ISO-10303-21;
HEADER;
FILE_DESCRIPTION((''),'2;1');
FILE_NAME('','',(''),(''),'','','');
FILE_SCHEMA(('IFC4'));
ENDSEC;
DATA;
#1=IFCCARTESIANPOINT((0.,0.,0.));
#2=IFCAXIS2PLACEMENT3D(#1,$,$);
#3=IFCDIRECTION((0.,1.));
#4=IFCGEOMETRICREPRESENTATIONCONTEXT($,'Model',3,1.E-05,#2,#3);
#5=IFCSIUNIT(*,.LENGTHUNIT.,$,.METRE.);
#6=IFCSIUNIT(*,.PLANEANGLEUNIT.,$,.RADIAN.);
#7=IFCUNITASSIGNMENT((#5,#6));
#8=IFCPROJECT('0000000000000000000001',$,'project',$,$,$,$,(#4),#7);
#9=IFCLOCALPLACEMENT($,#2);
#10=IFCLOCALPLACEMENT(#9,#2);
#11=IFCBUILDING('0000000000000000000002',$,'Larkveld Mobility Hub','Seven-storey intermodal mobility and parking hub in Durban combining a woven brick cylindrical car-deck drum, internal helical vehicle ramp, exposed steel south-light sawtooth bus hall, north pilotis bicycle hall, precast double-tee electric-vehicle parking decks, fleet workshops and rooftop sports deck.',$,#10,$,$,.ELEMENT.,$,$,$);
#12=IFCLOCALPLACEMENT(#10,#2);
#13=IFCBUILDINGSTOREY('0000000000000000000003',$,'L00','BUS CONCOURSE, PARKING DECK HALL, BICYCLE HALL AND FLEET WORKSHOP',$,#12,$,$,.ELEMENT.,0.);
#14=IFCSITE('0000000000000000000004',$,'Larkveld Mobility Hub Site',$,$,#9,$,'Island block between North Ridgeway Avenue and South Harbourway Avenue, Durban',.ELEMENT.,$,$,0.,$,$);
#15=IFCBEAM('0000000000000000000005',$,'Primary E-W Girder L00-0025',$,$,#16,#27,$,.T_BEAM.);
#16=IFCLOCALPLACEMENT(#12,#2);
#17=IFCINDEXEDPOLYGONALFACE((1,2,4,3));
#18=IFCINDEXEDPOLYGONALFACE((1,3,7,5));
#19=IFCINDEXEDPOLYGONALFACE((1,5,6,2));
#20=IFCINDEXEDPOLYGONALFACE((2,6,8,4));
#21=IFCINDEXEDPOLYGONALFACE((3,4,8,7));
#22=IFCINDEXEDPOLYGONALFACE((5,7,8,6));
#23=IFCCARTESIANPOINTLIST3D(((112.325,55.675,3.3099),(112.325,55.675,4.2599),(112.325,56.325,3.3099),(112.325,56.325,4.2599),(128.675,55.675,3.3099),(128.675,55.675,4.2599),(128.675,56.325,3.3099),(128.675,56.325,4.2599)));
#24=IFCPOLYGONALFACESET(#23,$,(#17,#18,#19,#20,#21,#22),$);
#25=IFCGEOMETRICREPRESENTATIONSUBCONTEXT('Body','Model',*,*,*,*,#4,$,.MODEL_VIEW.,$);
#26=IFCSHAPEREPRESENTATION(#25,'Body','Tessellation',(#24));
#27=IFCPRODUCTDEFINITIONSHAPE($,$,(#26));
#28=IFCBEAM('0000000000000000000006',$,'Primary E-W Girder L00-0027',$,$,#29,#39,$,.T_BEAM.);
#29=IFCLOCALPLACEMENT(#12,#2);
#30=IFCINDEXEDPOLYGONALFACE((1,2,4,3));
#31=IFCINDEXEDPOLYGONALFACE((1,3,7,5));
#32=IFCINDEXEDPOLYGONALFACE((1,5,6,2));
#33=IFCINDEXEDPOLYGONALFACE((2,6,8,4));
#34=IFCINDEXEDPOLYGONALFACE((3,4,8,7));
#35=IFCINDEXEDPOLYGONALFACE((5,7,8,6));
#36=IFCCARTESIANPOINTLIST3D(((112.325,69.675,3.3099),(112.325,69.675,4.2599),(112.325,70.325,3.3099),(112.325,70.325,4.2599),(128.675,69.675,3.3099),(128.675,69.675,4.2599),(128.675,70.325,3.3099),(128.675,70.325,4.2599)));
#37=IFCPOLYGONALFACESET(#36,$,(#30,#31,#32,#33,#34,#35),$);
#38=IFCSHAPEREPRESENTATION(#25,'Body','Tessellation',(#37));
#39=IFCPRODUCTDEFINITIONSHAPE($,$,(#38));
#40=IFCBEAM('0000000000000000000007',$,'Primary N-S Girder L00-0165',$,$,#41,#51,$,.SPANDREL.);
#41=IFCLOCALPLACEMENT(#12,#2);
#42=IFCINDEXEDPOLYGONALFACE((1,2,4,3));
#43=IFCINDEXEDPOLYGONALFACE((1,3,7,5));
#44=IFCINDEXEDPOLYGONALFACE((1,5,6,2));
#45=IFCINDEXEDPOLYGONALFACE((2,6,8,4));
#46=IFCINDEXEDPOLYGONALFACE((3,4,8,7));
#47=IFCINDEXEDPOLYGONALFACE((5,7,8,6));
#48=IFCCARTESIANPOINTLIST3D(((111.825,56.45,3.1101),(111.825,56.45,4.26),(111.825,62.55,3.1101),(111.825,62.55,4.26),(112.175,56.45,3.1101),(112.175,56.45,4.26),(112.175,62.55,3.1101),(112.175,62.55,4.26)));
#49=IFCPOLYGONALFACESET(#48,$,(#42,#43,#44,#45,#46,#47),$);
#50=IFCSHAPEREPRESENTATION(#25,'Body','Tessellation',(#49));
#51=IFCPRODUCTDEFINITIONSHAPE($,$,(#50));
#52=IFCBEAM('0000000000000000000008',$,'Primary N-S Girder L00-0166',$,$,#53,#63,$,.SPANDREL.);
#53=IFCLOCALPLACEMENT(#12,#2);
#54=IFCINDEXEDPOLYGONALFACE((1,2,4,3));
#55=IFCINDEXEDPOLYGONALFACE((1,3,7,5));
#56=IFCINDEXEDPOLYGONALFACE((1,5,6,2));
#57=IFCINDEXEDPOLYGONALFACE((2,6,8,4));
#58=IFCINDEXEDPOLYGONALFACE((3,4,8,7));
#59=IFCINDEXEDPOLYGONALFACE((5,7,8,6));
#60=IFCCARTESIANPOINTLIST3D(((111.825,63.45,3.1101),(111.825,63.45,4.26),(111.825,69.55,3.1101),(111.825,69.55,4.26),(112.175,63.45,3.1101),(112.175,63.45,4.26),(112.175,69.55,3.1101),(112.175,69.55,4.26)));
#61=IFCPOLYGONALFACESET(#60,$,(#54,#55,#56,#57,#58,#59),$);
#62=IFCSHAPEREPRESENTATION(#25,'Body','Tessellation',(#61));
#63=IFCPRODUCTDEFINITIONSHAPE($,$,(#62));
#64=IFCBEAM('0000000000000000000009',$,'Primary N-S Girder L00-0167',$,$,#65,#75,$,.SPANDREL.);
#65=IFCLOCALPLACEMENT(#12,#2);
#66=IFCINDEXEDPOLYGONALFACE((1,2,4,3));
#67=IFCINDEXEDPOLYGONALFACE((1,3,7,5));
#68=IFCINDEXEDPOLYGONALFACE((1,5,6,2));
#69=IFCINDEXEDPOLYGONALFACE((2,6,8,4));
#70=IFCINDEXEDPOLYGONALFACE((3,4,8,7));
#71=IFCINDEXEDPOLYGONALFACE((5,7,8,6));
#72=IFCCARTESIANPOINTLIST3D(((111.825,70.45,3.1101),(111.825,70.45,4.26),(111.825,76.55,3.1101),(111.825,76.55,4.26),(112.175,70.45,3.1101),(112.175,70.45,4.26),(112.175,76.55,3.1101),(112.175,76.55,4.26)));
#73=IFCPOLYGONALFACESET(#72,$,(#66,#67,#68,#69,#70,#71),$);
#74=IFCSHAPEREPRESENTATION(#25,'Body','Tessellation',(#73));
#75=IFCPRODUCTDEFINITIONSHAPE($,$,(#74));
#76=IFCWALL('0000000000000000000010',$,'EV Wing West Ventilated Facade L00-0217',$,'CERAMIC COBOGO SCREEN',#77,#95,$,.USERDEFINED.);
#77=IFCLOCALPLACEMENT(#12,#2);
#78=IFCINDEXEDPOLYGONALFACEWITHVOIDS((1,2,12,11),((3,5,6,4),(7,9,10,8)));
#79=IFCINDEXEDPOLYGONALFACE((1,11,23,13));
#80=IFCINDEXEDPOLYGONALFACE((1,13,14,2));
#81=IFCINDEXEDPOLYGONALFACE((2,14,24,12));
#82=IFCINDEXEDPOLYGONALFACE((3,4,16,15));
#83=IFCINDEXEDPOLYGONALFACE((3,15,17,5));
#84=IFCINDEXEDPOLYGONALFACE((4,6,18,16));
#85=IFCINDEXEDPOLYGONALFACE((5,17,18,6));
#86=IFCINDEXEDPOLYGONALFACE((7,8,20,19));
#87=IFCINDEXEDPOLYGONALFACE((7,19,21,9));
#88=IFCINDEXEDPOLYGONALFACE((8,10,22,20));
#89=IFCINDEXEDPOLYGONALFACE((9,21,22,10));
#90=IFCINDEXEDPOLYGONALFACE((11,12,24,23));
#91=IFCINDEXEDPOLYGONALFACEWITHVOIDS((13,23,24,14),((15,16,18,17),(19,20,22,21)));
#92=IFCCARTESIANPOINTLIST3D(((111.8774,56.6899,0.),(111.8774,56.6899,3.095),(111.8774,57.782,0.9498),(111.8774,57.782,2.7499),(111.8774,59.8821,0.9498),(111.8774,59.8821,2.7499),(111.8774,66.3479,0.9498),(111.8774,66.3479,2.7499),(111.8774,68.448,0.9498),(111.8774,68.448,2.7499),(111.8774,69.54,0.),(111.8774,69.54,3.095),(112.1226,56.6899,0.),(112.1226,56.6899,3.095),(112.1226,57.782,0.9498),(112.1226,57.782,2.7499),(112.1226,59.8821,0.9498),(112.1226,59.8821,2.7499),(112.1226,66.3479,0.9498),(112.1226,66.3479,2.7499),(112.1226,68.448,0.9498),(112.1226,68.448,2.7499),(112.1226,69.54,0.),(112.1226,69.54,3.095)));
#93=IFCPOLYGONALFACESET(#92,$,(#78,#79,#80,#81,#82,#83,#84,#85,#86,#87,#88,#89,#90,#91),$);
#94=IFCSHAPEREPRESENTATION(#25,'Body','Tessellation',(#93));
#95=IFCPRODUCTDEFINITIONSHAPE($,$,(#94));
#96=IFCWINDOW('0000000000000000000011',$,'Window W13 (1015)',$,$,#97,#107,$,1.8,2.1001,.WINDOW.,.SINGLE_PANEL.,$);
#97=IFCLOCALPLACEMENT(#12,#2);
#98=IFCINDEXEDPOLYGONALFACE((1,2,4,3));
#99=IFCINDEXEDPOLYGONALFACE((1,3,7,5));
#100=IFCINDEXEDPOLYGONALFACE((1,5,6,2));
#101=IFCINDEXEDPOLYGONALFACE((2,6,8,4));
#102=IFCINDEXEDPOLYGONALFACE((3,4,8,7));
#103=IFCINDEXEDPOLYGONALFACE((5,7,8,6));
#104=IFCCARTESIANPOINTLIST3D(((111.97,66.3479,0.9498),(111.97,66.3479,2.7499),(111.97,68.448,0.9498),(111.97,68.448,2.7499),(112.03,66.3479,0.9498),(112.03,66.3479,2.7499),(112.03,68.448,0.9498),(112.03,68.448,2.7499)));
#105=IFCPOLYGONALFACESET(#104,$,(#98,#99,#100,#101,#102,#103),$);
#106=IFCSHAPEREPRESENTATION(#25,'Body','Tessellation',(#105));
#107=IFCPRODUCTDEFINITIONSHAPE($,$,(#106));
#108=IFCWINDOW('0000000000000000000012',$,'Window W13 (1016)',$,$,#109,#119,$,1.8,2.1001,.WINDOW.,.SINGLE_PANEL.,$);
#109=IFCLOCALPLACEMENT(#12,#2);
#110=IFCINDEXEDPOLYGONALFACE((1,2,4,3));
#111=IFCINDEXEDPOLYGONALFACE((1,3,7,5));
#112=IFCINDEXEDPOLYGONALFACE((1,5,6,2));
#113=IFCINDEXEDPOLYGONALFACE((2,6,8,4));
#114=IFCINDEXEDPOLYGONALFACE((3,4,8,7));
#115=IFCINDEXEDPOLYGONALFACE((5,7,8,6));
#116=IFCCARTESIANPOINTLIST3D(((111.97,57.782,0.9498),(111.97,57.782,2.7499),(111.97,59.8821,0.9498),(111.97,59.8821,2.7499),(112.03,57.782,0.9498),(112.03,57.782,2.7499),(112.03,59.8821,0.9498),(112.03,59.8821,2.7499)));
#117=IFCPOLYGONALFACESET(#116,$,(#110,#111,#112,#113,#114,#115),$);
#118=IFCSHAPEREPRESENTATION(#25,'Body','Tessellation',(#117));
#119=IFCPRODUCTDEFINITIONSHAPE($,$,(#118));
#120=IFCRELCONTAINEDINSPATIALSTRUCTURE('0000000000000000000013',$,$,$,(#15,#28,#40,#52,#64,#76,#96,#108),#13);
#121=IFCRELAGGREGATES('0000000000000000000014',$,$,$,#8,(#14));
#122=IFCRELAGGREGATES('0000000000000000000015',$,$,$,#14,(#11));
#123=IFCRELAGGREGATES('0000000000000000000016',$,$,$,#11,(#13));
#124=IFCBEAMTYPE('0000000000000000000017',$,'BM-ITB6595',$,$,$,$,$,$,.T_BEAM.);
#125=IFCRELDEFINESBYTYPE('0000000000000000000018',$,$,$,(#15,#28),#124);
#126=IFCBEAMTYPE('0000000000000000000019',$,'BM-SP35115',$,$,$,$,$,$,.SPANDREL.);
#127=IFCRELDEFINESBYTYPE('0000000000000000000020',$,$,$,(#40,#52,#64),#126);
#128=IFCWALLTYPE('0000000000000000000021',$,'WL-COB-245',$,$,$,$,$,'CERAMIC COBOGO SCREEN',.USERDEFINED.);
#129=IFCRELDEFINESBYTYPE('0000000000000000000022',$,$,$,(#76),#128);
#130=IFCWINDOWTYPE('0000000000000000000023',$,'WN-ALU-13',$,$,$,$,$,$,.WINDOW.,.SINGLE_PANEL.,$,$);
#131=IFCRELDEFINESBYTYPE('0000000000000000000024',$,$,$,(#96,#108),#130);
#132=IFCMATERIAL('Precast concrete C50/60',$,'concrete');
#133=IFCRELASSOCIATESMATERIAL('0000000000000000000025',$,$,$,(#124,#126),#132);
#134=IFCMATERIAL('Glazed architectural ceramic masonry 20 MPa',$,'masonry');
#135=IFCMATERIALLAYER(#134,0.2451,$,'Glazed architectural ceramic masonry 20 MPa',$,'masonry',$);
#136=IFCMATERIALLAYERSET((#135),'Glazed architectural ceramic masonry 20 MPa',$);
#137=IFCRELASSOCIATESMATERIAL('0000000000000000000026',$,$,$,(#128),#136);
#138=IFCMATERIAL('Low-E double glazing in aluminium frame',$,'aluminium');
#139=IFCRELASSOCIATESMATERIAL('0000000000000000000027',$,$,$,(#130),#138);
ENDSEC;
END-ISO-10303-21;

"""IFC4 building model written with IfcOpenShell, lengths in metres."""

from ifc_helpers import new_model, si_unit, direction, frame, frame_2d, origin, origin_2d, place, context, subcontext, project, spatial, rectangle, extrude, material, layer, layer_set, material_profile, profile_set, type_object, element, fill, save


model = new_model("IFC4")

# Units and contexts
model_context = context("Model", 3, precision=1e-05, world=origin(), true_north=direction((0.0, 1.0)))
body_context = subcontext(model_context, "Body", "Model", "MODEL_VIEW")
ifc_project = project(units=[si_unit("LENGTHUNIT", "METRE"), si_unit("PLANEANGLEUNIT", "RADIAN")], contexts=[model_context])

# Site, building, storey
site_placement = place(None, origin())
site = spatial("IfcSite", under=ifc_project, at=site_placement, Name="Larkveld Mobility Hub Site", LongName="Island block between North Ridgeway Avenue and South Harbourway Avenue, Durban", CompositionType="ELEMENT", RefElevation=0.0)
building_placement = place(site_placement, origin())
building = spatial("IfcBuilding", under=site, at=building_placement, Name="Larkveld Mobility Hub", Description="Seven-storey intermodal mobility and parking hub in Durban combining a woven brick cylindrical car-deck drum, internal helical vehicle ramp, exposed steel south-light sawtooth bus hall, north pilotis bicycle hall, precast double-tee electric-vehicle parking decks, fleet workshops and rooftop sports deck.", CompositionType="ELEMENT")
storey_placement = place(building_placement, origin())
storey = spatial("IfcBuildingStorey", under=building, at=storey_placement, Name="L00", Description="BUS CONCOURSE, PARKING DECK HALL, BICYCLE HALL AND FLEET WORKSHOP", CompositionType="ELEMENT", Elevation=0.0)

# Shared definitions
ifc_material_1 = material(Name="Precast concrete C50/60", Category="concrete")

# Beams
ifc_material_profile_1 = material_profile(ifc_material_1, rectangle(XDim=0.6499, YDim=0.95, at=origin_2d()), Name="PC ITB 650x950")
ifc_profile_set_1 = profile_set([ifc_material_profile_1], Name="Precast concrete C50/60")
beam_type_1 = type_object("IfcBeamType", Name="BM-ITB6595", PredefinedType="T_BEAM", material=ifc_profile_set_1)
for number, where, z_axis, x_axis, name in (
    (1, (112.325, 56.0, 3.7849), (1.0, 0.0, 0.0), (0.0, 1.0, 0.0), "Primary E-W Girder L00-0025"),
    (2, (112.325, 70.0, 3.7849), (1.0, 0.0, 0.0), (0.0, 1.0, 0.0), "Primary E-W Girder L00-0027"),
):
    element("IfcBeam", number, at=place(storey_placement, frame(where, z_axis=z_axis, x_axis=x_axis)), inside=storey, type_object=beam_type_1, Name=name, PredefinedType="T_BEAM", context=body_context, shape_type="SweptSolid", body=[
        extrude(rectangle(XDim=0.6499, YDim=0.95, at=origin_2d()), origin(), (0.0, 0.0, 1.0), 16.3501),
    ])
ifc_material_profile_2 = material_profile(ifc_material_1, rectangle(XDim=0.3501, YDim=1.1499, at=origin_2d()), Name="PC SP 350x1150")
ifc_profile_set_2 = profile_set([ifc_material_profile_2], Name="Precast concrete C50/60")
beam_type_2 = type_object("IfcBeamType", Name="BM-SP35115", PredefinedType="SPANDREL", material=ifc_profile_set_2)
for number, where, z_axis, x_axis, name in (
    (3, (112.0, 56.45, 3.6851), (0.0, 1.0, 0.0), (-1.0, 0.0, 0.0), "Primary N-S Girder L00-0165"),
    (4, (112.0, 63.45, 3.6851), (0.0, 1.0, 0.0), (-1.0, 0.0, 0.0), "Primary N-S Girder L00-0166"),
    (5, (112.0, 70.45, 3.6851), (0.0, 1.0, 0.0), (-1.0, 0.0, 0.0), "Primary N-S Girder L00-0167"),
):
    element("IfcBeam", number, at=place(storey_placement, frame(where, z_axis=z_axis, x_axis=x_axis)), inside=storey, type_object=beam_type_2, Name=name, PredefinedType="SPANDREL", context=body_context, shape_type="SweptSolid", body=[
        extrude(rectangle(XDim=0.3501, YDim=1.1499, at=origin_2d()), origin(), (0.0, 0.0, 1.0), 6.1001),
    ])

# Wall, openings, windows
ifc_material_2 = material(Name="Glazed architectural ceramic masonry 20 MPa", Category="masonry")
ifc_layer = layer(ifc_material_2, 0.2451, Name="Glazed architectural ceramic masonry 20 MPa", Category="masonry")
ifc_layer_set = layer_set([ifc_layer], Name="Glazed architectural ceramic masonry 20 MPa")
wall_type = type_object("IfcWallType", Name="WL-COB-245", ElementType="CERAMIC COBOGO SCREEN", PredefinedType="USERDEFINED", material=ifc_layer_set)
wall_placement = place(storey_placement, frame((112.0, 69.54, 0.0), z_axis=(0.0, 0.0, 1.0), x_axis=(0.0, -1.0, 0.0)))
wall = element("IfcWall", 6, at=wall_placement, inside=storey, type_object=wall_type, Name="EV Wing West Ventilated Facade L00-0217", ObjectType="CERAMIC COBOGO SCREEN", PredefinedType="USERDEFINED", context=body_context, shape_type="SweptSolid", body=[
    extrude(rectangle(XDim=12.8501, YDim=0.2451, at=frame_2d((6.425, 0.0))), origin(), (0.0, 0.0, 1.0), 3.095),
])
opening_1_placement = place(wall_placement, frame((1.092, 0.0, 0.95)))
opening_1 = element("IfcOpeningElement", 7, at=opening_1_placement, cuts=wall, PredefinedType="OPENING", context=body_context, shape_type="SweptSolid", body=[
    extrude(rectangle(XDim=2.1001, YDim=1.8, at=frame_2d((1.05, 0.8999))), frame((0.0, 0.1326, 0.0), z_axis=(0.0, -1.0, 0.0), x_axis=(1.0, 0.0, 0.0)), (0.0, 0.0, 1.0), 0.2651),
])
opening_2_placement = place(wall_placement, frame((9.658, 0.0, 0.95)))
opening_2 = element("IfcOpeningElement", 8, at=opening_2_placement, cuts=wall, PredefinedType="OPENING", context=body_context, shape_type="SweptSolid", body=[
    extrude(rectangle(XDim=2.1001, YDim=1.8, at=frame_2d((1.05, 0.8999))), frame((0.0, 0.1326, 0.0), z_axis=(0.0, -1.0, 0.0), x_axis=(1.0, 0.0, 0.0)), (0.0, 0.0, 1.0), 0.2651),
])
ifc_material_3 = material(Name="Low-E double glazing in aluminium frame", Category="aluminium")
window_type = type_object("IfcWindowType", Name="WN-ALU-13", PartitioningType="SINGLE_PANEL", PredefinedType="WINDOW", material=ifc_material_3)
window_1_placement = place(opening_1_placement, origin())
window_1 = element("IfcWindow", 9, at=window_1_placement, inside=storey, type_object=window_type, Name="Window W13 (1015)", OverallHeight=1.8, OverallWidth=2.1001, PartitioningType="SINGLE_PANEL", PredefinedType="WINDOW", context=body_context, shape_type="SweptSolid", body=[
    extrude(rectangle(XDim=2.1001, YDim=1.8, at=frame_2d((1.05, 0.8999))), frame((0.0, 0.03, 0.0), z_axis=(0.0, -1.0, 0.0), x_axis=(1.0, 0.0, 0.0)), (0.0, 0.0, 1.0), 0.0601),
])
fill(opening_1, window_1)
window_2_placement = place(opening_2_placement, origin())
window_2 = element("IfcWindow", 10, at=window_2_placement, inside=storey, type_object=window_type, Name="Window W13 (1016)", OverallHeight=1.8, OverallWidth=2.1001, PartitioningType="SINGLE_PANEL", PredefinedType="WINDOW", context=body_context, shape_type="SweptSolid", body=[
    extrude(rectangle(XDim=2.1001, YDim=1.8, at=frame_2d((1.05, 0.8999))), frame((0.0, 0.03, 0.0), z_axis=(0.0, -1.0, 0.0), x_axis=(1.0, 0.0, 0.0)), (0.0, 0.0, 1.0), 0.0601),
])
fill(opening_2, window_2)

save(model, "model.ifc")
